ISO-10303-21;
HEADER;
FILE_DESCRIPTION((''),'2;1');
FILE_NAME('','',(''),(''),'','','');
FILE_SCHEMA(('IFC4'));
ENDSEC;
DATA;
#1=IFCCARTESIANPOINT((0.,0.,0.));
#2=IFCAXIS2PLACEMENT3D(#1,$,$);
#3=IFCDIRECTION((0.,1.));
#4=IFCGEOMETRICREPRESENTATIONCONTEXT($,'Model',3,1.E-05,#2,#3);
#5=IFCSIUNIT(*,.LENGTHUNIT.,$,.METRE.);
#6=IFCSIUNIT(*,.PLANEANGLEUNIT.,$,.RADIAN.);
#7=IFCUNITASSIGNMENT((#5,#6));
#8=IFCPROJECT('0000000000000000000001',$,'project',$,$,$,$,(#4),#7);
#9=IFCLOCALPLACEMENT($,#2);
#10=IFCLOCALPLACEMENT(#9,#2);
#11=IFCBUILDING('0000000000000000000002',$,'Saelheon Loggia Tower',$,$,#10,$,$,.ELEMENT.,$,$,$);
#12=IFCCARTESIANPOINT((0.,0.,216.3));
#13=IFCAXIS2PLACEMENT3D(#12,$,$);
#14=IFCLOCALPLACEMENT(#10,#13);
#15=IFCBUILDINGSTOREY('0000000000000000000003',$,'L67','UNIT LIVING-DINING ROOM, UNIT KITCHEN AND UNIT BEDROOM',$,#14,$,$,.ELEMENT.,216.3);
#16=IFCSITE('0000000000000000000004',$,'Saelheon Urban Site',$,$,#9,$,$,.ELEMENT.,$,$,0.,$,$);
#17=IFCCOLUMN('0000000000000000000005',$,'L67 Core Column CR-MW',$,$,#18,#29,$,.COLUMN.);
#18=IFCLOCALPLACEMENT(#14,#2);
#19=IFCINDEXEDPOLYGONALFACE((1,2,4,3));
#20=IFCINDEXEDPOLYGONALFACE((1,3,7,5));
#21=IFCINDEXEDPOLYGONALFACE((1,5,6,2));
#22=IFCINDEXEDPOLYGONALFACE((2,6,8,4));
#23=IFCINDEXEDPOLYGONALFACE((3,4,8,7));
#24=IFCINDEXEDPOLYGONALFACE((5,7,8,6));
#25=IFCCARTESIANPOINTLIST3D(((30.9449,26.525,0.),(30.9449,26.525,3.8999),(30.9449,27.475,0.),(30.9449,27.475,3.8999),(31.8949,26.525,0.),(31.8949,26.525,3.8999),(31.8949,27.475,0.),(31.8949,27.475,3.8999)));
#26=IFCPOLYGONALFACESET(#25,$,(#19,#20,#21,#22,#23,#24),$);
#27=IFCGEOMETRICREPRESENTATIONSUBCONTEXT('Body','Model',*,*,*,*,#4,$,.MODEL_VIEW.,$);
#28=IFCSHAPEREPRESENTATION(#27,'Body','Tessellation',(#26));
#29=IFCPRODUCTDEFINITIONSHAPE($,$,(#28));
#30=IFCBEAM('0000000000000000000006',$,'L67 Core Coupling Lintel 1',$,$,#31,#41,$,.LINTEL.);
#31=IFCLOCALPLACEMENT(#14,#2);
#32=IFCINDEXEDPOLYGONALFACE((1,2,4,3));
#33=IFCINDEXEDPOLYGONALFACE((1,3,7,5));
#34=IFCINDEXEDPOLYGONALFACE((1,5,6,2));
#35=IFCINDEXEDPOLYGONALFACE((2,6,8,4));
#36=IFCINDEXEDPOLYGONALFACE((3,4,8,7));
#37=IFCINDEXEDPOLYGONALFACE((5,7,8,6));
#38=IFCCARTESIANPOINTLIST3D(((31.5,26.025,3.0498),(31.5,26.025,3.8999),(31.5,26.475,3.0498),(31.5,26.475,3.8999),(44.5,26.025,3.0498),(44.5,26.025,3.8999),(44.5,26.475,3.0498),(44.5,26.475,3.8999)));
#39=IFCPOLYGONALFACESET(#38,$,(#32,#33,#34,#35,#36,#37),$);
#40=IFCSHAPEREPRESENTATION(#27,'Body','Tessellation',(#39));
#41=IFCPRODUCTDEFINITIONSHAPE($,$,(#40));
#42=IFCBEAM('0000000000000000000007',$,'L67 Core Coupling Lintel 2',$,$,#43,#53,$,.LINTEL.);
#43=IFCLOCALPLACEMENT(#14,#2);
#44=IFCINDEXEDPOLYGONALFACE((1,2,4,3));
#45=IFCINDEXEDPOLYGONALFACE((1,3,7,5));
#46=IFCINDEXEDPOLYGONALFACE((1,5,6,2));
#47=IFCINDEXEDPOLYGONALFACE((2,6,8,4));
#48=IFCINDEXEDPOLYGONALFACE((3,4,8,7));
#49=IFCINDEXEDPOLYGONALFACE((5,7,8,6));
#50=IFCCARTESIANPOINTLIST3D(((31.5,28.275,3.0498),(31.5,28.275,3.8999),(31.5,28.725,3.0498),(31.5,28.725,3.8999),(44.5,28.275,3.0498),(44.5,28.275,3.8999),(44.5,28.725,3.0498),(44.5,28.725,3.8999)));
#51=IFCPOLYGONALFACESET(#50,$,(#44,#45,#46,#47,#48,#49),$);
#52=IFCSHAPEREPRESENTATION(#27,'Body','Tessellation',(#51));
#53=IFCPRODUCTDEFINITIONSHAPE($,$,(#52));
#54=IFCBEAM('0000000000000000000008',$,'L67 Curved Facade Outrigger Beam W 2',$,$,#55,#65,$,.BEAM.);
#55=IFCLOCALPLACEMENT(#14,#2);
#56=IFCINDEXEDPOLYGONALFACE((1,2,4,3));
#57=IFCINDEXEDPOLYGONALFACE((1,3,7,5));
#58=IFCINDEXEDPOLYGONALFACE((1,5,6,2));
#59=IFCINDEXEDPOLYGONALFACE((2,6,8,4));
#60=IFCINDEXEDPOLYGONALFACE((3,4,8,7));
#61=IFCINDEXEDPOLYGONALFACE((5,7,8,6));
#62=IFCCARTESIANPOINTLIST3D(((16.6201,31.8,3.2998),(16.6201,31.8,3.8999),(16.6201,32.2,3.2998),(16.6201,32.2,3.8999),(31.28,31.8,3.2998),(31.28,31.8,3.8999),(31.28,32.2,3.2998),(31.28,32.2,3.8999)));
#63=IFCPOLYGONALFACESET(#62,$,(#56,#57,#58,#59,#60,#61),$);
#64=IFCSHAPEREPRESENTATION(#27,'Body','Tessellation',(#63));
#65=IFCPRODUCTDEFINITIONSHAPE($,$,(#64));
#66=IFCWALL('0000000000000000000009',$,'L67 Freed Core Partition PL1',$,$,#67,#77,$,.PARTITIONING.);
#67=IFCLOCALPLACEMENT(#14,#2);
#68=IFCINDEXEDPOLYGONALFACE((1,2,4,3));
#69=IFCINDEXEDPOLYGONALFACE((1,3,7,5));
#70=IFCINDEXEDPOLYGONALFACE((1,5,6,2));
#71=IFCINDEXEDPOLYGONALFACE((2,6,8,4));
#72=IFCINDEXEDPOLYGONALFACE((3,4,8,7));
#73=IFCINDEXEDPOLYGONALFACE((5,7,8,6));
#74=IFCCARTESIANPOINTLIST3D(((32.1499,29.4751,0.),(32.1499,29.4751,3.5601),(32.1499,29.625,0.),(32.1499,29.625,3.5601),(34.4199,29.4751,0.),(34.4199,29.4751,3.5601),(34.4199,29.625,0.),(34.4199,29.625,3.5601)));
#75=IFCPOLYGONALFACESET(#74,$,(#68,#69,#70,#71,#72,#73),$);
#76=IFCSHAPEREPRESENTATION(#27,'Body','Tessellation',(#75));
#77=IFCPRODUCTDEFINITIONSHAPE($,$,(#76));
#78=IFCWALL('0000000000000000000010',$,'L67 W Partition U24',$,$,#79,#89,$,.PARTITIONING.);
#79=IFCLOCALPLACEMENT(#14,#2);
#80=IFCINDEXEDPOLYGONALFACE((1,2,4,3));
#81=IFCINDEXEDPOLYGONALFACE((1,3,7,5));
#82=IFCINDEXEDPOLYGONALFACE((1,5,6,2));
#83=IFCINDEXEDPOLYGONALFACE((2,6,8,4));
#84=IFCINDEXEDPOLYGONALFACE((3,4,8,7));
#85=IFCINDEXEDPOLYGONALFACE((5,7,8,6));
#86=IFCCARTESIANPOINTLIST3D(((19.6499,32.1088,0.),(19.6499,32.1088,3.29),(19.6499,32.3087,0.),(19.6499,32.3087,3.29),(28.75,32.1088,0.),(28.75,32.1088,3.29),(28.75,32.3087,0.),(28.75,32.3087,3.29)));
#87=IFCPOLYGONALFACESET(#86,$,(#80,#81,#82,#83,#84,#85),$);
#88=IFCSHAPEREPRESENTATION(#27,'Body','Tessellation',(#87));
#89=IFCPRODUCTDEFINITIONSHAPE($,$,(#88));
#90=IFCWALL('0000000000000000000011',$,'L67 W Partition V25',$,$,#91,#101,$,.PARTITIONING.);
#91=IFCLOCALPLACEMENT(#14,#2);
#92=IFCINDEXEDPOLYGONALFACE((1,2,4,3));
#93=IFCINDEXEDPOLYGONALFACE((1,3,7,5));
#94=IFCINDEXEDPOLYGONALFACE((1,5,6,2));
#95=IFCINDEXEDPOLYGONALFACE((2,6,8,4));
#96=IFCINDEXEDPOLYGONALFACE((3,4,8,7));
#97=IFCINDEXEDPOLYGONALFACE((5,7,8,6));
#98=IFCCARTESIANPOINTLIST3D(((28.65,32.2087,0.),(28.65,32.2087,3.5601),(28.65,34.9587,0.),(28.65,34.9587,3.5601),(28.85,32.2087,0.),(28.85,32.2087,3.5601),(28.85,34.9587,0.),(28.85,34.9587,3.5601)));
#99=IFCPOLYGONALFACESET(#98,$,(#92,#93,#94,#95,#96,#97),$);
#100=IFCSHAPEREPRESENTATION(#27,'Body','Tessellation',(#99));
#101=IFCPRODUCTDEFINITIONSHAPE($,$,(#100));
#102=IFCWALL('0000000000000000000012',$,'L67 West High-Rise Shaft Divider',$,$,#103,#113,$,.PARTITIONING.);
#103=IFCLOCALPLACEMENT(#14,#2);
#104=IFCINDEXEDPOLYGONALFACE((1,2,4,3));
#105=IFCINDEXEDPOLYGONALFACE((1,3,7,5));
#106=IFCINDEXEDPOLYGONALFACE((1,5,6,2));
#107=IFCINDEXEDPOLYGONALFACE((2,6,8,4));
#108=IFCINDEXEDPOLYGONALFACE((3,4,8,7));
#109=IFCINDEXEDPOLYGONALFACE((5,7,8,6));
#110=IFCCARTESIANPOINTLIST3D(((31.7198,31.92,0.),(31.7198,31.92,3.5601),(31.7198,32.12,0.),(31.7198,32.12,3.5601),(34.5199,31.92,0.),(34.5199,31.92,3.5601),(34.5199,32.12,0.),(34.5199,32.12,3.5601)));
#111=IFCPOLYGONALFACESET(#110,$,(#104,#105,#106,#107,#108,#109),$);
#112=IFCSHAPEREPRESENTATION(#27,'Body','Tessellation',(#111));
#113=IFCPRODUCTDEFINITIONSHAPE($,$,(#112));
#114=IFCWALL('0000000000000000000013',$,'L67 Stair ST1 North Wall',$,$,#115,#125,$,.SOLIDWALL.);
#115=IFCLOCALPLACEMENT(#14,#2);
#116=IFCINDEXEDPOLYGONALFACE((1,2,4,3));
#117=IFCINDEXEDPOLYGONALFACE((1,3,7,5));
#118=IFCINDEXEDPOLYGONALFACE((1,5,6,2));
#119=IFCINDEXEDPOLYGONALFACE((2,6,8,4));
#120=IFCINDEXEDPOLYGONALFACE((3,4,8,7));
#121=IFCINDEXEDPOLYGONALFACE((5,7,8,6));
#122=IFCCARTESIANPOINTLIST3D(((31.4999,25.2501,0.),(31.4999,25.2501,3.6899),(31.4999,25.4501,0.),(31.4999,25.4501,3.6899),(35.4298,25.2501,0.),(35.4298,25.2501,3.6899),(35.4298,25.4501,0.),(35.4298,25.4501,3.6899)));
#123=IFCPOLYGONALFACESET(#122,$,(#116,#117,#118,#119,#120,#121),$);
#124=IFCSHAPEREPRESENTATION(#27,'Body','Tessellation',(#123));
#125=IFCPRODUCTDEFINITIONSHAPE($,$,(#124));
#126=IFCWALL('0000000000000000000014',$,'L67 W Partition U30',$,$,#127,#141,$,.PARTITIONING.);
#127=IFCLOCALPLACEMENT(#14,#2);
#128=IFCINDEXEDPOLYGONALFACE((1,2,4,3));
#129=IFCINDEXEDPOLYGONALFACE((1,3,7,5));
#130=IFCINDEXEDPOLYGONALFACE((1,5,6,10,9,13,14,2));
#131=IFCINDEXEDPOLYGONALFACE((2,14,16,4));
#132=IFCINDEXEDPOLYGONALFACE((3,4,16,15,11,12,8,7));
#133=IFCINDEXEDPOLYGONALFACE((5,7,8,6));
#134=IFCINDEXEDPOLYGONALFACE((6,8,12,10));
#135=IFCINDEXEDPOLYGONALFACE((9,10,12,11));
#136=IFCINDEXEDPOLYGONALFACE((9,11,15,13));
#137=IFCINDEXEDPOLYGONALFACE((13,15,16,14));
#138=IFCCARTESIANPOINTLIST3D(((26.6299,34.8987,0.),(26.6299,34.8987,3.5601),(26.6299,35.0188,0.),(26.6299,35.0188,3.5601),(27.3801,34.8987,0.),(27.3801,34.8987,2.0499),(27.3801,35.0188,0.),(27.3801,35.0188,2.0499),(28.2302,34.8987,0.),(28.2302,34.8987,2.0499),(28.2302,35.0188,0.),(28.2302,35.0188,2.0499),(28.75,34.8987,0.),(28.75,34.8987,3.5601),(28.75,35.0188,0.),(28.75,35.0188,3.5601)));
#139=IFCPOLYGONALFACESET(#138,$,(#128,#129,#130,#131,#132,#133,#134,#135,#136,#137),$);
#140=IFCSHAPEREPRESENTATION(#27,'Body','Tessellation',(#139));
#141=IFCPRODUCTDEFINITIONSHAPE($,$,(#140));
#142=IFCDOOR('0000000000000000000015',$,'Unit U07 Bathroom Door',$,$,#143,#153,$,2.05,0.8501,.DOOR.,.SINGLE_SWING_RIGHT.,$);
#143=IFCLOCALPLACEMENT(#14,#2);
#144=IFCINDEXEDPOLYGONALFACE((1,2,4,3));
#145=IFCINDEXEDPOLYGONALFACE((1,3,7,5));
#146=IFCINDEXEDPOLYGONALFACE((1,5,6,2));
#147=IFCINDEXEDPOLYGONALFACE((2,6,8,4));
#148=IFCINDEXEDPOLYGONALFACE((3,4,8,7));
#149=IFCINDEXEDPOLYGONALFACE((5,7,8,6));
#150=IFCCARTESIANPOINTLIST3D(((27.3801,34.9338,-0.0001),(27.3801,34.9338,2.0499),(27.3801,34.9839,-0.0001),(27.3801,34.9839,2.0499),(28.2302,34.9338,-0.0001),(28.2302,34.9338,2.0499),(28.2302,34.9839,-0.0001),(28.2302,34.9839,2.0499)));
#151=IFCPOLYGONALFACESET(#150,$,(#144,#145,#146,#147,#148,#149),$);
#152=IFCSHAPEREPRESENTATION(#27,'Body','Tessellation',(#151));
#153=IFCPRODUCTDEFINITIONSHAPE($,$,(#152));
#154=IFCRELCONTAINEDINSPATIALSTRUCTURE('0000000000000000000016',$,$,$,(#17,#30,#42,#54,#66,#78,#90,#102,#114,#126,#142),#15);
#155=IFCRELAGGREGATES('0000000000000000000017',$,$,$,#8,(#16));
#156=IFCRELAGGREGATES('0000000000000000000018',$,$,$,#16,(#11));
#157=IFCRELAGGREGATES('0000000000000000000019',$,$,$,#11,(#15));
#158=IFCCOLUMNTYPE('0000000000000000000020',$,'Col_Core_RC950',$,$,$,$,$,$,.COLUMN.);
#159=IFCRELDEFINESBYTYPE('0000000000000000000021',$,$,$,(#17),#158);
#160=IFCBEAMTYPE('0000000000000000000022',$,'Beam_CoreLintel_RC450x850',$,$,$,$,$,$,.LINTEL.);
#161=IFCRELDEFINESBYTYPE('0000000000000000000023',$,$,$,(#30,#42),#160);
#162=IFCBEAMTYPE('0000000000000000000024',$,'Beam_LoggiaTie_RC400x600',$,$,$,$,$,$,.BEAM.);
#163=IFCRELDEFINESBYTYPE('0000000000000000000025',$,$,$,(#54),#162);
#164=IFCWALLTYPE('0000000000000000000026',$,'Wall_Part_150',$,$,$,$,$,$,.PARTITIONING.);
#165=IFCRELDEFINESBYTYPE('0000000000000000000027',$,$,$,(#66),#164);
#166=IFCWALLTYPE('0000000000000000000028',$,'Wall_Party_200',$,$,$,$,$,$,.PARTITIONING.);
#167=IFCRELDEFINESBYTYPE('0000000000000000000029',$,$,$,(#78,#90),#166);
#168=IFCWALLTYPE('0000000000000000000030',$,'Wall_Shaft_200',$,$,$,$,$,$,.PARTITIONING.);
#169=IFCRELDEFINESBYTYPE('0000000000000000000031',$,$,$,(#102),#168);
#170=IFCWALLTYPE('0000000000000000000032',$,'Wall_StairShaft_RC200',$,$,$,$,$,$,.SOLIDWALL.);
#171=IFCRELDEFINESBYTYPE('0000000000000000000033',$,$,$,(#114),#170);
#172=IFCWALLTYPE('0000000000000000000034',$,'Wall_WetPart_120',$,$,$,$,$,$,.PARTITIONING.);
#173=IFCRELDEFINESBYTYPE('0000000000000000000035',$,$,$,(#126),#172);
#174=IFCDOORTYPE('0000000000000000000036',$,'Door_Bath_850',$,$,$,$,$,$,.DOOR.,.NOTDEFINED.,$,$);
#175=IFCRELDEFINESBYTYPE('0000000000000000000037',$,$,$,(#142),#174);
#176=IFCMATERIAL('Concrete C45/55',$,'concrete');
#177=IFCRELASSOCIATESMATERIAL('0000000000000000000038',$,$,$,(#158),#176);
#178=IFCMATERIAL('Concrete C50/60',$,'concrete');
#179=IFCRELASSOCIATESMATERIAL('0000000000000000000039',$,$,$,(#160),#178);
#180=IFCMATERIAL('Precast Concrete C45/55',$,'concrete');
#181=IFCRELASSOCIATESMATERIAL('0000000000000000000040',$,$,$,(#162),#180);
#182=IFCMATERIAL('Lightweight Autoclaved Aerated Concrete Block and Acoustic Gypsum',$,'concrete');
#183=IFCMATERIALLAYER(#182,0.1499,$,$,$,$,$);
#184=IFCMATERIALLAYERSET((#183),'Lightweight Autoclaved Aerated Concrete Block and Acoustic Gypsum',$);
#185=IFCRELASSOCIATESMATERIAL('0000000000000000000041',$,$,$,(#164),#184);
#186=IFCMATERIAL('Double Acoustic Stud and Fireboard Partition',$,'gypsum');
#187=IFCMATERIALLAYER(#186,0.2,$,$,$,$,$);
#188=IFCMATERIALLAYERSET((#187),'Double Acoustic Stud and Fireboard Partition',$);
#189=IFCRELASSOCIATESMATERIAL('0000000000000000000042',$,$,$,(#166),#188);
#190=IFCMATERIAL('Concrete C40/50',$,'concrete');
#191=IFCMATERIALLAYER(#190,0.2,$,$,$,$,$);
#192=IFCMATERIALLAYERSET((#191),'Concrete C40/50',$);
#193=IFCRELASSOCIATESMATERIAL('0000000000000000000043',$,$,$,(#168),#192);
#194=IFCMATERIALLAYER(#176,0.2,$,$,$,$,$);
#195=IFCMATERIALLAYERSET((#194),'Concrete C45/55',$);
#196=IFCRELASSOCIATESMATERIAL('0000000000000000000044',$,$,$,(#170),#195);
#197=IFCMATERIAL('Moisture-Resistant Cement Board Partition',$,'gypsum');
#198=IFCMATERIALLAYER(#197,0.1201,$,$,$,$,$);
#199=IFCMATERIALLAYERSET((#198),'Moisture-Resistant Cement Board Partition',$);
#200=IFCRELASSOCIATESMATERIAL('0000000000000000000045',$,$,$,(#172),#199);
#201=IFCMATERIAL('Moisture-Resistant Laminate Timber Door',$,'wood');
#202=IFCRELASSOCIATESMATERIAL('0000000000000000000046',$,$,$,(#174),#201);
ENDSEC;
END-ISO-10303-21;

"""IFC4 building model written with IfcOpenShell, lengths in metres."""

from ifc_helpers import new_model, si_unit, direction, frame, frame_2d, origin, origin_2d, place, context, subcontext, project, spatial, rectangle, extrude, source, transform, mapped, material, layer, layer_set, material_profile, profile_set, type_object, element, fill, save


model = new_model("IFC4")

# Units and contexts
model_context = context("Model", 3, precision=1e-05, world=origin(), true_north=direction((0.0, 1.0)))
body_context = subcontext(model_context, "Body", "Model", "MODEL_VIEW")
ifc_project = project(units=[si_unit("LENGTHUNIT", "METRE"), si_unit("PLANEANGLEUNIT", "RADIAN")], contexts=[model_context])

# Site, building, storey
site_placement = place(None, origin())
site = spatial("IfcSite", under=ifc_project, at=site_placement, Name="Saelheon Urban Site", CompositionType="ELEMENT", RefElevation=0.0)
building_placement = place(site_placement, origin())
building = spatial("IfcBuilding", under=site, at=building_placement, Name="Saelheon Loggia Tower", CompositionType="ELEMENT")
storey_placement = place(building_placement, frame((0.0, 0.0, 216.3)))
storey = spatial("IfcBuildingStorey", under=building, at=storey_placement, Name="L67", Description="UNIT LIVING-DINING ROOM, UNIT KITCHEN AND UNIT BEDROOM", CompositionType="ELEMENT", Elevation=216.3)

# Column
ifc_material_1 = material(Name="Concrete C45/55", Category="concrete")
ifc_material_profile_1 = material_profile(ifc_material_1, rectangle(XDim=0.95, YDim=0.95, at=origin_2d()), Name="RC-950x950")
ifc_profile_set_1 = profile_set([ifc_material_profile_1], Name="Concrete C45/55")
column_type = type_object("IfcColumnType", Name="Col_Core_RC950", PredefinedType="COLUMN", material=ifc_profile_set_1)
shared_shape_1 = source(origin(), body_context, "Body", "SweptSolid", [
    extrude(rectangle(XDim=0.95, YDim=0.95, at=origin_2d()), origin(), (0.0, 0.0, 1.0), 3.8999),
])
column_placement = place(storey_placement, frame((31.4199, 27.0, 0.0), z_axis=(0.0, 0.0, 1.0), x_axis=(1.0, 0.0, 0.0)))
element("IfcColumn", 1, at=column_placement, inside=storey, type_object=column_type, Name="L67 Core Column CR-MW", PredefinedType="COLUMN", context=body_context, shape_type="MappedRepresentation", body=[
    mapped(shared_shape_1, transform((0.0, 0.0, 0.0), scale=1.0)),
])

# Beams
ifc_material_2 = material(Name="Concrete C50/60", Category="concrete")
ifc_material_profile_2 = material_profile(ifc_material_2, rectangle(XDim=0.45, YDim=0.8501, at=origin_2d()), Name="RC-450x850")
ifc_profile_set_2 = profile_set([ifc_material_profile_2], Name="Concrete C50/60")
beam_type_1 = type_object("IfcBeamType", Name="Beam_CoreLintel_RC450x850", PredefinedType="LINTEL", material=ifc_profile_set_2)
shared_shape_2 = source(origin(), body_context, "Body", "SweptSolid", [
    extrude(rectangle(XDim=0.45, YDim=0.8501, at=origin_2d()), origin(), (0.0, 0.0, 1.0), 13.0),
])
for number, where, z_axis, x_axis, name in (
    (2, (31.5, 26.25, 3.4749), (1.0, 0.0, 0.0), (0.0, 1.0, 0.0), "L67 Core Coupling Lintel 1"),
    (3, (31.5, 28.5, 3.4749), (1.0, 0.0, 0.0), (0.0, 1.0, 0.0), "L67 Core Coupling Lintel 2"),
):
    element("IfcBeam", number, at=place(storey_placement, frame(where, z_axis=z_axis, x_axis=x_axis)), inside=storey, type_object=beam_type_1, Name=name, PredefinedType="LINTEL", context=body_context, shape_type="MappedRepresentation", body=[
        mapped(shared_shape_2, transform((0.0, 0.0, 0.0), scale=1.0)),
    ])
ifc_material_3 = material(Name="Precast Concrete C45/55", Category="concrete")
ifc_material_profile_3 = material_profile(ifc_material_3, rectangle(XDim=0.3999, YDim=0.6001, at=origin_2d()), Name="RC-400x600")
ifc_profile_set_3 = profile_set([ifc_material_profile_3], Name="Precast Concrete C45/55")
beam_type_2 = type_object("IfcBeamType", Name="Beam_LoggiaTie_RC400x600", PredefinedType="BEAM", material=ifc_profile_set_3)
shared_shape_3 = source(origin(), body_context, "Body", "SweptSolid", [
    extrude(rectangle(XDim=0.3999, YDim=0.6001, at=origin_2d()), origin(), (0.0, 0.0, 1.0), 14.6599),
])
beam_placement = place(storey_placement, frame((31.28, 32.0, 3.5999), z_axis=(-1.0, 0.0, 0.0), x_axis=(0.0, -1.0, 0.0)))
element("IfcBeam", 4, at=beam_placement, inside=storey, type_object=beam_type_2, Name="L67 Curved Facade Outrigger Beam W 2", PredefinedType="BEAM", context=body_context, shape_type="MappedRepresentation", body=[
    mapped(shared_shape_3, transform((0.0, 0.0, 0.0), scale=1.0)),
])

# Walls
ifc_material_4 = material(Name="Lightweight Autoclaved Aerated Concrete Block and Acoustic Gypsum", Category="concrete")
ifc_layer_1 = layer(ifc_material_4, 0.1499)
ifc_layer_set_1 = layer_set([ifc_layer_1], Name="Lightweight Autoclaved Aerated Concrete Block and Acoustic Gypsum")
wall_type_1 = type_object("IfcWallType", Name="Wall_Part_150", PredefinedType="PARTITIONING", material=ifc_layer_set_1)
wall_1_placement = place(storey_placement, frame((32.1499, 29.55, 0.0), z_axis=(0.0, 0.0, 1.0), x_axis=(1.0, 0.0, 0.0)))
element("IfcWall", 5, at=wall_1_placement, inside=storey, type_object=wall_type_1, Name="L67 Freed Core Partition PL1", PredefinedType="PARTITIONING", context=body_context, shape_type="SweptSolid", body=[
    extrude(rectangle(XDim=2.27, YDim=0.1499, at=frame_2d((1.135, 0.0))), origin(), (0.0, 0.0, 1.0), 3.5601),
])
ifc_material_5 = material(Name="Double Acoustic Stud and Fireboard Partition", Category="gypsum")
ifc_layer_2 = layer(ifc_material_5, 0.2)
ifc_layer_set_2 = layer_set([ifc_layer_2], Name="Double Acoustic Stud and Fireboard Partition")
wall_type_2 = type_object("IfcWallType", Name="Wall_Party_200", PredefinedType="PARTITIONING", material=ifc_layer_set_2)
wall_2_placement = place(storey_placement, frame((28.75, 32.2087, 0.0), z_axis=(0.0, 0.0, 1.0), x_axis=(-1.0, 0.0, 0.0)))
element("IfcWall", 6, at=wall_2_placement, inside=storey, type_object=wall_type_2, Name="L67 W Partition U24", PredefinedType="PARTITIONING", context=body_context, shape_type="SweptSolid", body=[
    extrude(rectangle(XDim=9.1001, YDim=0.2, at=frame_2d((4.55, 0.0))), origin(), (0.0, 0.0, 1.0), 3.29),
])
wall_3_placement = place(storey_placement, frame((28.75, 32.2087, 0.0), z_axis=(0.0, 0.0, 1.0), x_axis=(0.0, 1.0, 0.0)))
element("IfcWall", 7, at=wall_3_placement, inside=storey, type_object=wall_type_2, Name="L67 W Partition V25", PredefinedType="PARTITIONING", context=body_context, shape_type="SweptSolid", body=[
    extrude(rectangle(XDim=2.75, YDim=0.2, at=frame_2d((1.375, 0.0))), origin(), (0.0, 0.0, 1.0), 3.5601),
])

# Shared definitions
ifc_material_6 = material(Name="Concrete C40/50", Category="concrete")
ifc_layer_3 = layer(ifc_material_6, 0.2)
ifc_layer_set_3 = layer_set([ifc_layer_3], Name="Concrete C40/50")
wall_type_3 = type_object("IfcWallType", Name="Wall_Shaft_200", PredefinedType="PARTITIONING", material=ifc_layer_set_3)

# Walls
wall_4_placement = place(storey_placement, frame((31.72, 32.02, 0.0), z_axis=(0.0, 0.0, 1.0), x_axis=(1.0, 0.0, 0.0)))
element("IfcWall", 8, at=wall_4_placement, inside=storey, type_object=wall_type_3, Name="L67 West High-Rise Shaft Divider", PredefinedType="PARTITIONING", context=body_context, shape_type="SweptSolid", body=[
    extrude(rectangle(XDim=2.8, YDim=0.2, at=frame_2d((1.3999, 0.0))), origin(), (0.0, 0.0, 1.0), 3.5601),
])
ifc_layer_4 = layer(ifc_material_1, 0.2)
ifc_layer_set_4 = layer_set([ifc_layer_4], Name="Concrete C45/55")
wall_type_4 = type_object("IfcWallType", Name="Wall_StairShaft_RC200", PredefinedType="SOLIDWALL", material=ifc_layer_set_4)
wall_5_placement = place(storey_placement, frame((31.5, 25.3501, 0.0), z_axis=(0.0, 0.0, 1.0), x_axis=(1.0, 0.0, 0.0)))
element("IfcWall", 9, at=wall_5_placement, inside=storey, type_object=wall_type_4, Name="L67 Stair ST1 North Wall", PredefinedType="SOLIDWALL", context=body_context, shape_type="SweptSolid", body=[
    extrude(rectangle(XDim=3.9299, YDim=0.2, at=frame_2d((1.9648, 0.0))), origin(), (0.0, 0.0, 1.0), 3.6899),
])

# Wall, opening, door
ifc_material_7 = material(Name="Moisture-Resistant Cement Board Partition", Category="gypsum")
ifc_layer_5 = layer(ifc_material_7, 0.1201)
ifc_layer_set_5 = layer_set([ifc_layer_5], Name="Moisture-Resistant Cement Board Partition")
wall_type_5 = type_object("IfcWallType", Name="Wall_WetPart_120", PredefinedType="PARTITIONING", material=ifc_layer_set_5)
wall_6_placement = place(storey_placement, frame((28.75, 34.9587, 0.0), z_axis=(0.0, 0.0, 1.0), x_axis=(-1.0, 0.0, 0.0)))
wall_6 = element("IfcWall", 10, at=wall_6_placement, inside=storey, type_object=wall_type_5, Name="L67 W Partition U30", PredefinedType="PARTITIONING", context=body_context, shape_type="SweptSolid", body=[
    extrude(rectangle(XDim=2.1201, YDim=0.1201, at=frame_2d((1.0601, 0.0))), origin(), (0.0, 0.0, 1.0), 3.5601),
])
opening_1_placement = place(wall_6_placement, frame((0.5198, 0.0, 0.0)))
opening_1 = element("IfcOpeningElement", 11, at=opening_1_placement, cuts=wall_6, PredefinedType="OPENING", context=body_context, shape_type="SweptSolid", body=[
    extrude(rectangle(XDim=0.8501, YDim=2.05, at=frame_2d((0.425, 1.0249))), frame((0.0, 0.072, 0.0), z_axis=(0.0, -1.0, 0.0), x_axis=(1.0, 0.0, 0.0)), (0.0, 0.0, 1.0), 0.144),
])
ifc_material_8 = material(Name="Moisture-Resistant Laminate Timber Door", Category="wood")
door_type_1 = type_object("IfcDoorType", Name="Door_Bath_850", OperationType="NOTDEFINED", PredefinedType="DOOR", material=ifc_material_8)
shared_shape_4 = source(origin(), body_context, "Body", "SweptSolid", [
    extrude(rectangle(XDim=0.8501, YDim=2.05, at=frame_2d((0.425, 1.0249))), frame((0.0, 0.0249, 0.0), z_axis=(0.0, -1.0, 0.0), x_axis=(1.0, 0.0, 0.0)), (0.0, 0.0, 1.0), 0.05),
])
door_1_placement = place(opening_1_placement, origin())
door_1 = element("IfcDoor", 12, at=door_1_placement, inside=storey, type_object=door_type_1, Name="Unit U07 Bathroom Door", OperationType="SINGLE_SWING_RIGHT", OverallHeight=2.05, OverallWidth=0.8501, PredefinedType="DOOR", context=body_context, shape_type="MappedRepresentation", body=[
    mapped(shared_shape_4, transform((0.0, 0.0, 0.0), scale=1.0)),
])
fill(opening_1, door_1)

save(model, "model.ifc")
